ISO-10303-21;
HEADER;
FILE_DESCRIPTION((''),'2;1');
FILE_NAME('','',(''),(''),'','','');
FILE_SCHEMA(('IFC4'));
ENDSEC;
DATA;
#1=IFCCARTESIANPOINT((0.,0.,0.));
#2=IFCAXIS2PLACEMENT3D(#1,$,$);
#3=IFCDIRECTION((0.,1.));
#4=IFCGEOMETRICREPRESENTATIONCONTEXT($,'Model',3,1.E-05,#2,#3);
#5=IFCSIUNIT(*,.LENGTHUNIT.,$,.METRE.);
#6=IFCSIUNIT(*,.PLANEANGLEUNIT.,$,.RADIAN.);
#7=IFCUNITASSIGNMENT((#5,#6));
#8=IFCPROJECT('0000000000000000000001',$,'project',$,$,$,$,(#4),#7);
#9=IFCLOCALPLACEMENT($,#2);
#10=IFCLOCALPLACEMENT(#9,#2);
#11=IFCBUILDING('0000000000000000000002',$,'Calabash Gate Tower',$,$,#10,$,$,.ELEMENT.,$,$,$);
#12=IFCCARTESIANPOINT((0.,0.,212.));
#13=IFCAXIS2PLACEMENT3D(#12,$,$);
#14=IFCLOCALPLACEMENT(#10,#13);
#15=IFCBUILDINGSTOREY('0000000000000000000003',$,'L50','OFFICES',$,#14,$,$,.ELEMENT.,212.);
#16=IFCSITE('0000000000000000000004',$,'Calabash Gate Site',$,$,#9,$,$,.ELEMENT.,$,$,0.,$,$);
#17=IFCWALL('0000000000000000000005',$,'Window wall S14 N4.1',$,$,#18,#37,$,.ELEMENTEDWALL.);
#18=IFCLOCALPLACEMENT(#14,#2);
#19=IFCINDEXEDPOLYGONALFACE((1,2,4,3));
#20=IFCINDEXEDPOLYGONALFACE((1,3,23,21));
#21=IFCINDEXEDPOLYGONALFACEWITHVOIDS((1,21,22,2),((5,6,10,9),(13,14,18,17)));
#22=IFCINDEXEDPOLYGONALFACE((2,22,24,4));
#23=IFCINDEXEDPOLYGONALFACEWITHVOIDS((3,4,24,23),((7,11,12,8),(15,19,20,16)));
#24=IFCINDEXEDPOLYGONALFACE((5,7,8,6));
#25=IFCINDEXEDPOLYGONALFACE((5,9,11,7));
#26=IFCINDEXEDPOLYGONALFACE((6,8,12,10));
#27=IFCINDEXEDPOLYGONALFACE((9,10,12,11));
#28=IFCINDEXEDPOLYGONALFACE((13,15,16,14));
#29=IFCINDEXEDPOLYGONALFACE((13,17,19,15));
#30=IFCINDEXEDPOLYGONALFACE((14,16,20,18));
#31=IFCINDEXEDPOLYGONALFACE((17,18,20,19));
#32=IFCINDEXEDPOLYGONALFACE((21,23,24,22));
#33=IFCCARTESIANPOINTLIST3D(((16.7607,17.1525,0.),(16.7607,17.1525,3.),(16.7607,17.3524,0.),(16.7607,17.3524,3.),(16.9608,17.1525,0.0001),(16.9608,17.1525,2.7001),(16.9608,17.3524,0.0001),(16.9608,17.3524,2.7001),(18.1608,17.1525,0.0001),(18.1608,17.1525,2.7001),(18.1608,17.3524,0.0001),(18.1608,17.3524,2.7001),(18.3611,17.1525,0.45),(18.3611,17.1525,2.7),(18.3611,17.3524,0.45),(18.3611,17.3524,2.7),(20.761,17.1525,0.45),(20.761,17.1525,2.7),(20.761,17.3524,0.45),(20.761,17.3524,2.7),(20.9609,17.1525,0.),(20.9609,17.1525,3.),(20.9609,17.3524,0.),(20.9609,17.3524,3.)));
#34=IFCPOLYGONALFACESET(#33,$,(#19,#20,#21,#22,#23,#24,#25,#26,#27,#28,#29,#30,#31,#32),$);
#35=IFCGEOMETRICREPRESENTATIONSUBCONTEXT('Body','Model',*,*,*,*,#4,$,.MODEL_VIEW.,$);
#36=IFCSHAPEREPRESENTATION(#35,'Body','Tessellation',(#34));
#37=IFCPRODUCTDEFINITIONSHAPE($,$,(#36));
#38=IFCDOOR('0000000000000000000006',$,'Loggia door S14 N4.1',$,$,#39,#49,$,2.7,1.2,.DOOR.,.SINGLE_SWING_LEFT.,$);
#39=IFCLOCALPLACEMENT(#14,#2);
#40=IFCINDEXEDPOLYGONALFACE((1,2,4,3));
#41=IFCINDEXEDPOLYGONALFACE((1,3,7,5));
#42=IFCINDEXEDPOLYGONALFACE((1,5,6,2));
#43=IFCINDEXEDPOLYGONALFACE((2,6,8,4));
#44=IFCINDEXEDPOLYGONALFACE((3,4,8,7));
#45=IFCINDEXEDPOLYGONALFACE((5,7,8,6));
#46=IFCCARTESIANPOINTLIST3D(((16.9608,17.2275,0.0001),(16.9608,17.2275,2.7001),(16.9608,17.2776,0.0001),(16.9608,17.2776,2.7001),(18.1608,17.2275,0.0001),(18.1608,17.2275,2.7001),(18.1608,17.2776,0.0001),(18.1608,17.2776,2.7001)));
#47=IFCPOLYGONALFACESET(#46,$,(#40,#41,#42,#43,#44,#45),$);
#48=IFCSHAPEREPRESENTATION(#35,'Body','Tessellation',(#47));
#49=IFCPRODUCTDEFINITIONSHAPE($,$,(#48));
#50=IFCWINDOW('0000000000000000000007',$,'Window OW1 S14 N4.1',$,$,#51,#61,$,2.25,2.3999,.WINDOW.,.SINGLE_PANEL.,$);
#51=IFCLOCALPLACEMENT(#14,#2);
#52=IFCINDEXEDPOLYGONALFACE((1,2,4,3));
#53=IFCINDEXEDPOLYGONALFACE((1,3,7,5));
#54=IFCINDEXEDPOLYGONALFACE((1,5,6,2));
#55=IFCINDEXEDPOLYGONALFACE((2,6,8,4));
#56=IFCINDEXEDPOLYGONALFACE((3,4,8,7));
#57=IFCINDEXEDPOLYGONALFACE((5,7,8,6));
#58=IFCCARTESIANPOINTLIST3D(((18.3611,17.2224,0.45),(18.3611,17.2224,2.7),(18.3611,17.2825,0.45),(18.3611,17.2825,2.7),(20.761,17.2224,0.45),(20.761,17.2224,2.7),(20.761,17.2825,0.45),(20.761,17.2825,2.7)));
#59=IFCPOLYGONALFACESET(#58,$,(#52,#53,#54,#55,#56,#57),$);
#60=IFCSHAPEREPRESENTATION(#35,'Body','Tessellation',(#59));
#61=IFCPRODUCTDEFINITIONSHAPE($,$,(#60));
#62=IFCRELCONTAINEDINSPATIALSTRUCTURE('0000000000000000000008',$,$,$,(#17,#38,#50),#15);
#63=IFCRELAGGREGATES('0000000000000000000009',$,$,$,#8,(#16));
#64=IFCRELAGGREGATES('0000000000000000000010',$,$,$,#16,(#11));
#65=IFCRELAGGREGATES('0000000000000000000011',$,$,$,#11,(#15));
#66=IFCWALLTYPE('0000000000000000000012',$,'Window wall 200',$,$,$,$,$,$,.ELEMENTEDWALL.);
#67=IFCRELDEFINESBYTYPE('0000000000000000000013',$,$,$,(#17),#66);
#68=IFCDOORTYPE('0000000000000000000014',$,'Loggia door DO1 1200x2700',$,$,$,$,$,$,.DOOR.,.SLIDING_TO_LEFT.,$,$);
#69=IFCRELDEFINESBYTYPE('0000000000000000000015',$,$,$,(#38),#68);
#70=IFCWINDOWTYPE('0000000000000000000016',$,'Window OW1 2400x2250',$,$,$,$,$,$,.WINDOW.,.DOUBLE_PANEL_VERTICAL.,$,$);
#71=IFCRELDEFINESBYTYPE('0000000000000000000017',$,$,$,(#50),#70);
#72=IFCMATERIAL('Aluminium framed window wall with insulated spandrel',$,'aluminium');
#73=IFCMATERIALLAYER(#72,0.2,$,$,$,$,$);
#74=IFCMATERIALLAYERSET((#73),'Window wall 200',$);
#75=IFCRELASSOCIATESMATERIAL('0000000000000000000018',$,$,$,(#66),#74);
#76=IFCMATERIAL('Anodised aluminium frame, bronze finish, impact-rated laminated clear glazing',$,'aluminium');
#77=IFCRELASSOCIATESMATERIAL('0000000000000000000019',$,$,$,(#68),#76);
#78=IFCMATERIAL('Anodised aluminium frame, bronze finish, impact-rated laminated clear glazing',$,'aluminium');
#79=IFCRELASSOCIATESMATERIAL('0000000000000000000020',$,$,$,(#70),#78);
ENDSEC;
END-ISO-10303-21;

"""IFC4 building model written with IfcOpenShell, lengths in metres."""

from ifc_helpers import new_model, si_unit, direction, frame, frame_2d, origin, place, context, subcontext, project, spatial, rectangle, extrude, material, layer, layer_set, type_object, element, fill, save


model = new_model("IFC4")

# Units and contexts
model_context = context("Model", 3, precision=1e-05, world=origin(), true_north=direction((0.0, 1.0)))
body_context = subcontext(model_context, "Body", "Model", "MODEL_VIEW")
ifc_project = project(units=[si_unit("LENGTHUNIT", "METRE"), si_unit("PLANEANGLEUNIT", "RADIAN")], contexts=[model_context])

# Site, building, storey
site_placement = place(None, origin())
site = spatial("IfcSite", under=ifc_project, at=site_placement, Name="Calabash Gate Site", CompositionType="ELEMENT", RefElevation=0.0)
building_placement = place(site_placement, origin())
building = spatial("IfcBuilding", under=site, at=building_placement, Name="Calabash Gate Tower", CompositionType="ELEMENT")
storey_placement = place(building_placement, frame((0.0, 0.0, 212.0)))
storey = spatial("IfcBuildingStorey", under=building, at=storey_placement, Name="L50", Description="OFFICES", CompositionType="ELEMENT", Elevation=212.0)

# Wall, openings, door, window
ifc_material_1 = material(Name="Aluminium framed window wall with insulated spandrel", Category="aluminium")
ifc_layer_1 = layer(ifc_material_1, 0.2)
ifc_layer_set_1 = layer_set([ifc_layer_1], Name="Window wall 200")
wall_type_1 = type_object("IfcWallType", Name="Window wall 200", PredefinedType="ELEMENTEDWALL", material=ifc_layer_set_1)
ifc_material_2 = material(Name="Anodised aluminium frame, bronze finish, impact-rated laminated clear glazing", Category="aluminium")
door_type_1 = type_object("IfcDoorType", Name="Loggia door DO1 1200x2700", OperationType="SLIDING_TO_LEFT", PredefinedType="DOOR", material=ifc_material_2)
ifc_material_3 = material(Name="Anodised aluminium frame, bronze finish, impact-rated laminated clear glazing", Category="aluminium")
window_type = type_object("IfcWindowType", Name="Window OW1 2400x2250", PartitioningType="DOUBLE_PANEL_VERTICAL", PredefinedType="WINDOW", material=ifc_material_3)
wall_1_placement = place(storey_placement, frame((20.9609, 17.2524, 0.0), z_axis=(0.0, 0.0, 1.0), x_axis=(-1.0, 0.0, 0.0)))
wall_1 = element("IfcWall", 1, at=wall_1_placement, inside=storey, type_object=wall_type_1, Name="Window wall S14 N4.1", PredefinedType="ELEMENTEDWALL", context=body_context, shape_type="SweptSolid", body=[
    extrude(rectangle(XDim=4.2002, YDim=0.2, at=frame_2d((2.1001, 0.0))), origin(), (0.0, 0.0, 1.0), 3.0),
])
opening_1_placement = place(wall_1_placement, frame((0.2, 0.0, 0.45)))
opening_1 = element("IfcOpeningElement", 2, at=opening_1_placement, cuts=wall_1, PredefinedType="OPENING", context=body_context, shape_type="SweptSolid", body=[
    extrude(rectangle(XDim=2.3999, YDim=2.25, at=frame_2d((1.2, 1.125))), frame((0.0, 0.1099, 0.0), z_axis=(0.0, -1.0, 0.0), x_axis=(1.0, 0.0, 0.0)), (0.0, 0.0, 1.0), 0.22),
])
opening_2_placement = place(wall_1_placement, frame((2.8, 0.0, 0.0)))
opening_2 = element("IfcOpeningElement", 3, at=opening_2_placement, cuts=wall_1, PredefinedType="OPENING", context=body_context, shape_type="SweptSolid", body=[
    extrude(rectangle(XDim=1.2, YDim=2.7, at=frame_2d((0.6001, 1.3501))), frame((0.0, 0.1099, 0.0), z_axis=(0.0, -1.0, 0.0), x_axis=(1.0, 0.0, 0.0)), (0.0, 0.0, 1.0), 0.22),
])
door_1_placement = place(opening_2_placement, origin())
door_1 = element("IfcDoor", 4, at=door_1_placement, inside=storey, type_object=door_type_1, Name="Loggia door S14 N4.1", OperationType="SINGLE_SWING_LEFT", OverallHeight=2.7, OverallWidth=1.2, PredefinedType="DOOR", context=body_context, shape_type="SweptSolid", body=[
    extrude(rectangle(XDim=1.2, YDim=2.7, at=frame_2d((0.6001, 1.3501))), frame((0.0, 0.0249, 0.0), z_axis=(0.0, -1.0, 0.0), x_axis=(1.0, 0.0, 0.0)), (0.0, 0.0, 1.0), 0.05),
])
fill(opening_2, door_1)
window_1_placement = place(opening_1_placement, origin())
window_1 = element("IfcWindow", 5, at=window_1_placement, inside=storey, type_object=window_type, Name="Window OW1 S14 N4.1", OverallHeight=2.25, OverallWidth=2.3999, PartitioningType="SINGLE_PANEL", PredefinedType="WINDOW", context=body_context, shape_type="SweptSolid", body=[
    extrude(rectangle(XDim=2.3999, YDim=2.25, at=frame_2d((1.2, 1.125))), frame((0.0, 0.03, 0.0), z_axis=(0.0, -1.0, 0.0), x_axis=(1.0, 0.0, 0.0)), (0.0, 0.0, 1.0), 0.0601),
])
fill(opening_1, window_1)

save(model, "model.ifc")
